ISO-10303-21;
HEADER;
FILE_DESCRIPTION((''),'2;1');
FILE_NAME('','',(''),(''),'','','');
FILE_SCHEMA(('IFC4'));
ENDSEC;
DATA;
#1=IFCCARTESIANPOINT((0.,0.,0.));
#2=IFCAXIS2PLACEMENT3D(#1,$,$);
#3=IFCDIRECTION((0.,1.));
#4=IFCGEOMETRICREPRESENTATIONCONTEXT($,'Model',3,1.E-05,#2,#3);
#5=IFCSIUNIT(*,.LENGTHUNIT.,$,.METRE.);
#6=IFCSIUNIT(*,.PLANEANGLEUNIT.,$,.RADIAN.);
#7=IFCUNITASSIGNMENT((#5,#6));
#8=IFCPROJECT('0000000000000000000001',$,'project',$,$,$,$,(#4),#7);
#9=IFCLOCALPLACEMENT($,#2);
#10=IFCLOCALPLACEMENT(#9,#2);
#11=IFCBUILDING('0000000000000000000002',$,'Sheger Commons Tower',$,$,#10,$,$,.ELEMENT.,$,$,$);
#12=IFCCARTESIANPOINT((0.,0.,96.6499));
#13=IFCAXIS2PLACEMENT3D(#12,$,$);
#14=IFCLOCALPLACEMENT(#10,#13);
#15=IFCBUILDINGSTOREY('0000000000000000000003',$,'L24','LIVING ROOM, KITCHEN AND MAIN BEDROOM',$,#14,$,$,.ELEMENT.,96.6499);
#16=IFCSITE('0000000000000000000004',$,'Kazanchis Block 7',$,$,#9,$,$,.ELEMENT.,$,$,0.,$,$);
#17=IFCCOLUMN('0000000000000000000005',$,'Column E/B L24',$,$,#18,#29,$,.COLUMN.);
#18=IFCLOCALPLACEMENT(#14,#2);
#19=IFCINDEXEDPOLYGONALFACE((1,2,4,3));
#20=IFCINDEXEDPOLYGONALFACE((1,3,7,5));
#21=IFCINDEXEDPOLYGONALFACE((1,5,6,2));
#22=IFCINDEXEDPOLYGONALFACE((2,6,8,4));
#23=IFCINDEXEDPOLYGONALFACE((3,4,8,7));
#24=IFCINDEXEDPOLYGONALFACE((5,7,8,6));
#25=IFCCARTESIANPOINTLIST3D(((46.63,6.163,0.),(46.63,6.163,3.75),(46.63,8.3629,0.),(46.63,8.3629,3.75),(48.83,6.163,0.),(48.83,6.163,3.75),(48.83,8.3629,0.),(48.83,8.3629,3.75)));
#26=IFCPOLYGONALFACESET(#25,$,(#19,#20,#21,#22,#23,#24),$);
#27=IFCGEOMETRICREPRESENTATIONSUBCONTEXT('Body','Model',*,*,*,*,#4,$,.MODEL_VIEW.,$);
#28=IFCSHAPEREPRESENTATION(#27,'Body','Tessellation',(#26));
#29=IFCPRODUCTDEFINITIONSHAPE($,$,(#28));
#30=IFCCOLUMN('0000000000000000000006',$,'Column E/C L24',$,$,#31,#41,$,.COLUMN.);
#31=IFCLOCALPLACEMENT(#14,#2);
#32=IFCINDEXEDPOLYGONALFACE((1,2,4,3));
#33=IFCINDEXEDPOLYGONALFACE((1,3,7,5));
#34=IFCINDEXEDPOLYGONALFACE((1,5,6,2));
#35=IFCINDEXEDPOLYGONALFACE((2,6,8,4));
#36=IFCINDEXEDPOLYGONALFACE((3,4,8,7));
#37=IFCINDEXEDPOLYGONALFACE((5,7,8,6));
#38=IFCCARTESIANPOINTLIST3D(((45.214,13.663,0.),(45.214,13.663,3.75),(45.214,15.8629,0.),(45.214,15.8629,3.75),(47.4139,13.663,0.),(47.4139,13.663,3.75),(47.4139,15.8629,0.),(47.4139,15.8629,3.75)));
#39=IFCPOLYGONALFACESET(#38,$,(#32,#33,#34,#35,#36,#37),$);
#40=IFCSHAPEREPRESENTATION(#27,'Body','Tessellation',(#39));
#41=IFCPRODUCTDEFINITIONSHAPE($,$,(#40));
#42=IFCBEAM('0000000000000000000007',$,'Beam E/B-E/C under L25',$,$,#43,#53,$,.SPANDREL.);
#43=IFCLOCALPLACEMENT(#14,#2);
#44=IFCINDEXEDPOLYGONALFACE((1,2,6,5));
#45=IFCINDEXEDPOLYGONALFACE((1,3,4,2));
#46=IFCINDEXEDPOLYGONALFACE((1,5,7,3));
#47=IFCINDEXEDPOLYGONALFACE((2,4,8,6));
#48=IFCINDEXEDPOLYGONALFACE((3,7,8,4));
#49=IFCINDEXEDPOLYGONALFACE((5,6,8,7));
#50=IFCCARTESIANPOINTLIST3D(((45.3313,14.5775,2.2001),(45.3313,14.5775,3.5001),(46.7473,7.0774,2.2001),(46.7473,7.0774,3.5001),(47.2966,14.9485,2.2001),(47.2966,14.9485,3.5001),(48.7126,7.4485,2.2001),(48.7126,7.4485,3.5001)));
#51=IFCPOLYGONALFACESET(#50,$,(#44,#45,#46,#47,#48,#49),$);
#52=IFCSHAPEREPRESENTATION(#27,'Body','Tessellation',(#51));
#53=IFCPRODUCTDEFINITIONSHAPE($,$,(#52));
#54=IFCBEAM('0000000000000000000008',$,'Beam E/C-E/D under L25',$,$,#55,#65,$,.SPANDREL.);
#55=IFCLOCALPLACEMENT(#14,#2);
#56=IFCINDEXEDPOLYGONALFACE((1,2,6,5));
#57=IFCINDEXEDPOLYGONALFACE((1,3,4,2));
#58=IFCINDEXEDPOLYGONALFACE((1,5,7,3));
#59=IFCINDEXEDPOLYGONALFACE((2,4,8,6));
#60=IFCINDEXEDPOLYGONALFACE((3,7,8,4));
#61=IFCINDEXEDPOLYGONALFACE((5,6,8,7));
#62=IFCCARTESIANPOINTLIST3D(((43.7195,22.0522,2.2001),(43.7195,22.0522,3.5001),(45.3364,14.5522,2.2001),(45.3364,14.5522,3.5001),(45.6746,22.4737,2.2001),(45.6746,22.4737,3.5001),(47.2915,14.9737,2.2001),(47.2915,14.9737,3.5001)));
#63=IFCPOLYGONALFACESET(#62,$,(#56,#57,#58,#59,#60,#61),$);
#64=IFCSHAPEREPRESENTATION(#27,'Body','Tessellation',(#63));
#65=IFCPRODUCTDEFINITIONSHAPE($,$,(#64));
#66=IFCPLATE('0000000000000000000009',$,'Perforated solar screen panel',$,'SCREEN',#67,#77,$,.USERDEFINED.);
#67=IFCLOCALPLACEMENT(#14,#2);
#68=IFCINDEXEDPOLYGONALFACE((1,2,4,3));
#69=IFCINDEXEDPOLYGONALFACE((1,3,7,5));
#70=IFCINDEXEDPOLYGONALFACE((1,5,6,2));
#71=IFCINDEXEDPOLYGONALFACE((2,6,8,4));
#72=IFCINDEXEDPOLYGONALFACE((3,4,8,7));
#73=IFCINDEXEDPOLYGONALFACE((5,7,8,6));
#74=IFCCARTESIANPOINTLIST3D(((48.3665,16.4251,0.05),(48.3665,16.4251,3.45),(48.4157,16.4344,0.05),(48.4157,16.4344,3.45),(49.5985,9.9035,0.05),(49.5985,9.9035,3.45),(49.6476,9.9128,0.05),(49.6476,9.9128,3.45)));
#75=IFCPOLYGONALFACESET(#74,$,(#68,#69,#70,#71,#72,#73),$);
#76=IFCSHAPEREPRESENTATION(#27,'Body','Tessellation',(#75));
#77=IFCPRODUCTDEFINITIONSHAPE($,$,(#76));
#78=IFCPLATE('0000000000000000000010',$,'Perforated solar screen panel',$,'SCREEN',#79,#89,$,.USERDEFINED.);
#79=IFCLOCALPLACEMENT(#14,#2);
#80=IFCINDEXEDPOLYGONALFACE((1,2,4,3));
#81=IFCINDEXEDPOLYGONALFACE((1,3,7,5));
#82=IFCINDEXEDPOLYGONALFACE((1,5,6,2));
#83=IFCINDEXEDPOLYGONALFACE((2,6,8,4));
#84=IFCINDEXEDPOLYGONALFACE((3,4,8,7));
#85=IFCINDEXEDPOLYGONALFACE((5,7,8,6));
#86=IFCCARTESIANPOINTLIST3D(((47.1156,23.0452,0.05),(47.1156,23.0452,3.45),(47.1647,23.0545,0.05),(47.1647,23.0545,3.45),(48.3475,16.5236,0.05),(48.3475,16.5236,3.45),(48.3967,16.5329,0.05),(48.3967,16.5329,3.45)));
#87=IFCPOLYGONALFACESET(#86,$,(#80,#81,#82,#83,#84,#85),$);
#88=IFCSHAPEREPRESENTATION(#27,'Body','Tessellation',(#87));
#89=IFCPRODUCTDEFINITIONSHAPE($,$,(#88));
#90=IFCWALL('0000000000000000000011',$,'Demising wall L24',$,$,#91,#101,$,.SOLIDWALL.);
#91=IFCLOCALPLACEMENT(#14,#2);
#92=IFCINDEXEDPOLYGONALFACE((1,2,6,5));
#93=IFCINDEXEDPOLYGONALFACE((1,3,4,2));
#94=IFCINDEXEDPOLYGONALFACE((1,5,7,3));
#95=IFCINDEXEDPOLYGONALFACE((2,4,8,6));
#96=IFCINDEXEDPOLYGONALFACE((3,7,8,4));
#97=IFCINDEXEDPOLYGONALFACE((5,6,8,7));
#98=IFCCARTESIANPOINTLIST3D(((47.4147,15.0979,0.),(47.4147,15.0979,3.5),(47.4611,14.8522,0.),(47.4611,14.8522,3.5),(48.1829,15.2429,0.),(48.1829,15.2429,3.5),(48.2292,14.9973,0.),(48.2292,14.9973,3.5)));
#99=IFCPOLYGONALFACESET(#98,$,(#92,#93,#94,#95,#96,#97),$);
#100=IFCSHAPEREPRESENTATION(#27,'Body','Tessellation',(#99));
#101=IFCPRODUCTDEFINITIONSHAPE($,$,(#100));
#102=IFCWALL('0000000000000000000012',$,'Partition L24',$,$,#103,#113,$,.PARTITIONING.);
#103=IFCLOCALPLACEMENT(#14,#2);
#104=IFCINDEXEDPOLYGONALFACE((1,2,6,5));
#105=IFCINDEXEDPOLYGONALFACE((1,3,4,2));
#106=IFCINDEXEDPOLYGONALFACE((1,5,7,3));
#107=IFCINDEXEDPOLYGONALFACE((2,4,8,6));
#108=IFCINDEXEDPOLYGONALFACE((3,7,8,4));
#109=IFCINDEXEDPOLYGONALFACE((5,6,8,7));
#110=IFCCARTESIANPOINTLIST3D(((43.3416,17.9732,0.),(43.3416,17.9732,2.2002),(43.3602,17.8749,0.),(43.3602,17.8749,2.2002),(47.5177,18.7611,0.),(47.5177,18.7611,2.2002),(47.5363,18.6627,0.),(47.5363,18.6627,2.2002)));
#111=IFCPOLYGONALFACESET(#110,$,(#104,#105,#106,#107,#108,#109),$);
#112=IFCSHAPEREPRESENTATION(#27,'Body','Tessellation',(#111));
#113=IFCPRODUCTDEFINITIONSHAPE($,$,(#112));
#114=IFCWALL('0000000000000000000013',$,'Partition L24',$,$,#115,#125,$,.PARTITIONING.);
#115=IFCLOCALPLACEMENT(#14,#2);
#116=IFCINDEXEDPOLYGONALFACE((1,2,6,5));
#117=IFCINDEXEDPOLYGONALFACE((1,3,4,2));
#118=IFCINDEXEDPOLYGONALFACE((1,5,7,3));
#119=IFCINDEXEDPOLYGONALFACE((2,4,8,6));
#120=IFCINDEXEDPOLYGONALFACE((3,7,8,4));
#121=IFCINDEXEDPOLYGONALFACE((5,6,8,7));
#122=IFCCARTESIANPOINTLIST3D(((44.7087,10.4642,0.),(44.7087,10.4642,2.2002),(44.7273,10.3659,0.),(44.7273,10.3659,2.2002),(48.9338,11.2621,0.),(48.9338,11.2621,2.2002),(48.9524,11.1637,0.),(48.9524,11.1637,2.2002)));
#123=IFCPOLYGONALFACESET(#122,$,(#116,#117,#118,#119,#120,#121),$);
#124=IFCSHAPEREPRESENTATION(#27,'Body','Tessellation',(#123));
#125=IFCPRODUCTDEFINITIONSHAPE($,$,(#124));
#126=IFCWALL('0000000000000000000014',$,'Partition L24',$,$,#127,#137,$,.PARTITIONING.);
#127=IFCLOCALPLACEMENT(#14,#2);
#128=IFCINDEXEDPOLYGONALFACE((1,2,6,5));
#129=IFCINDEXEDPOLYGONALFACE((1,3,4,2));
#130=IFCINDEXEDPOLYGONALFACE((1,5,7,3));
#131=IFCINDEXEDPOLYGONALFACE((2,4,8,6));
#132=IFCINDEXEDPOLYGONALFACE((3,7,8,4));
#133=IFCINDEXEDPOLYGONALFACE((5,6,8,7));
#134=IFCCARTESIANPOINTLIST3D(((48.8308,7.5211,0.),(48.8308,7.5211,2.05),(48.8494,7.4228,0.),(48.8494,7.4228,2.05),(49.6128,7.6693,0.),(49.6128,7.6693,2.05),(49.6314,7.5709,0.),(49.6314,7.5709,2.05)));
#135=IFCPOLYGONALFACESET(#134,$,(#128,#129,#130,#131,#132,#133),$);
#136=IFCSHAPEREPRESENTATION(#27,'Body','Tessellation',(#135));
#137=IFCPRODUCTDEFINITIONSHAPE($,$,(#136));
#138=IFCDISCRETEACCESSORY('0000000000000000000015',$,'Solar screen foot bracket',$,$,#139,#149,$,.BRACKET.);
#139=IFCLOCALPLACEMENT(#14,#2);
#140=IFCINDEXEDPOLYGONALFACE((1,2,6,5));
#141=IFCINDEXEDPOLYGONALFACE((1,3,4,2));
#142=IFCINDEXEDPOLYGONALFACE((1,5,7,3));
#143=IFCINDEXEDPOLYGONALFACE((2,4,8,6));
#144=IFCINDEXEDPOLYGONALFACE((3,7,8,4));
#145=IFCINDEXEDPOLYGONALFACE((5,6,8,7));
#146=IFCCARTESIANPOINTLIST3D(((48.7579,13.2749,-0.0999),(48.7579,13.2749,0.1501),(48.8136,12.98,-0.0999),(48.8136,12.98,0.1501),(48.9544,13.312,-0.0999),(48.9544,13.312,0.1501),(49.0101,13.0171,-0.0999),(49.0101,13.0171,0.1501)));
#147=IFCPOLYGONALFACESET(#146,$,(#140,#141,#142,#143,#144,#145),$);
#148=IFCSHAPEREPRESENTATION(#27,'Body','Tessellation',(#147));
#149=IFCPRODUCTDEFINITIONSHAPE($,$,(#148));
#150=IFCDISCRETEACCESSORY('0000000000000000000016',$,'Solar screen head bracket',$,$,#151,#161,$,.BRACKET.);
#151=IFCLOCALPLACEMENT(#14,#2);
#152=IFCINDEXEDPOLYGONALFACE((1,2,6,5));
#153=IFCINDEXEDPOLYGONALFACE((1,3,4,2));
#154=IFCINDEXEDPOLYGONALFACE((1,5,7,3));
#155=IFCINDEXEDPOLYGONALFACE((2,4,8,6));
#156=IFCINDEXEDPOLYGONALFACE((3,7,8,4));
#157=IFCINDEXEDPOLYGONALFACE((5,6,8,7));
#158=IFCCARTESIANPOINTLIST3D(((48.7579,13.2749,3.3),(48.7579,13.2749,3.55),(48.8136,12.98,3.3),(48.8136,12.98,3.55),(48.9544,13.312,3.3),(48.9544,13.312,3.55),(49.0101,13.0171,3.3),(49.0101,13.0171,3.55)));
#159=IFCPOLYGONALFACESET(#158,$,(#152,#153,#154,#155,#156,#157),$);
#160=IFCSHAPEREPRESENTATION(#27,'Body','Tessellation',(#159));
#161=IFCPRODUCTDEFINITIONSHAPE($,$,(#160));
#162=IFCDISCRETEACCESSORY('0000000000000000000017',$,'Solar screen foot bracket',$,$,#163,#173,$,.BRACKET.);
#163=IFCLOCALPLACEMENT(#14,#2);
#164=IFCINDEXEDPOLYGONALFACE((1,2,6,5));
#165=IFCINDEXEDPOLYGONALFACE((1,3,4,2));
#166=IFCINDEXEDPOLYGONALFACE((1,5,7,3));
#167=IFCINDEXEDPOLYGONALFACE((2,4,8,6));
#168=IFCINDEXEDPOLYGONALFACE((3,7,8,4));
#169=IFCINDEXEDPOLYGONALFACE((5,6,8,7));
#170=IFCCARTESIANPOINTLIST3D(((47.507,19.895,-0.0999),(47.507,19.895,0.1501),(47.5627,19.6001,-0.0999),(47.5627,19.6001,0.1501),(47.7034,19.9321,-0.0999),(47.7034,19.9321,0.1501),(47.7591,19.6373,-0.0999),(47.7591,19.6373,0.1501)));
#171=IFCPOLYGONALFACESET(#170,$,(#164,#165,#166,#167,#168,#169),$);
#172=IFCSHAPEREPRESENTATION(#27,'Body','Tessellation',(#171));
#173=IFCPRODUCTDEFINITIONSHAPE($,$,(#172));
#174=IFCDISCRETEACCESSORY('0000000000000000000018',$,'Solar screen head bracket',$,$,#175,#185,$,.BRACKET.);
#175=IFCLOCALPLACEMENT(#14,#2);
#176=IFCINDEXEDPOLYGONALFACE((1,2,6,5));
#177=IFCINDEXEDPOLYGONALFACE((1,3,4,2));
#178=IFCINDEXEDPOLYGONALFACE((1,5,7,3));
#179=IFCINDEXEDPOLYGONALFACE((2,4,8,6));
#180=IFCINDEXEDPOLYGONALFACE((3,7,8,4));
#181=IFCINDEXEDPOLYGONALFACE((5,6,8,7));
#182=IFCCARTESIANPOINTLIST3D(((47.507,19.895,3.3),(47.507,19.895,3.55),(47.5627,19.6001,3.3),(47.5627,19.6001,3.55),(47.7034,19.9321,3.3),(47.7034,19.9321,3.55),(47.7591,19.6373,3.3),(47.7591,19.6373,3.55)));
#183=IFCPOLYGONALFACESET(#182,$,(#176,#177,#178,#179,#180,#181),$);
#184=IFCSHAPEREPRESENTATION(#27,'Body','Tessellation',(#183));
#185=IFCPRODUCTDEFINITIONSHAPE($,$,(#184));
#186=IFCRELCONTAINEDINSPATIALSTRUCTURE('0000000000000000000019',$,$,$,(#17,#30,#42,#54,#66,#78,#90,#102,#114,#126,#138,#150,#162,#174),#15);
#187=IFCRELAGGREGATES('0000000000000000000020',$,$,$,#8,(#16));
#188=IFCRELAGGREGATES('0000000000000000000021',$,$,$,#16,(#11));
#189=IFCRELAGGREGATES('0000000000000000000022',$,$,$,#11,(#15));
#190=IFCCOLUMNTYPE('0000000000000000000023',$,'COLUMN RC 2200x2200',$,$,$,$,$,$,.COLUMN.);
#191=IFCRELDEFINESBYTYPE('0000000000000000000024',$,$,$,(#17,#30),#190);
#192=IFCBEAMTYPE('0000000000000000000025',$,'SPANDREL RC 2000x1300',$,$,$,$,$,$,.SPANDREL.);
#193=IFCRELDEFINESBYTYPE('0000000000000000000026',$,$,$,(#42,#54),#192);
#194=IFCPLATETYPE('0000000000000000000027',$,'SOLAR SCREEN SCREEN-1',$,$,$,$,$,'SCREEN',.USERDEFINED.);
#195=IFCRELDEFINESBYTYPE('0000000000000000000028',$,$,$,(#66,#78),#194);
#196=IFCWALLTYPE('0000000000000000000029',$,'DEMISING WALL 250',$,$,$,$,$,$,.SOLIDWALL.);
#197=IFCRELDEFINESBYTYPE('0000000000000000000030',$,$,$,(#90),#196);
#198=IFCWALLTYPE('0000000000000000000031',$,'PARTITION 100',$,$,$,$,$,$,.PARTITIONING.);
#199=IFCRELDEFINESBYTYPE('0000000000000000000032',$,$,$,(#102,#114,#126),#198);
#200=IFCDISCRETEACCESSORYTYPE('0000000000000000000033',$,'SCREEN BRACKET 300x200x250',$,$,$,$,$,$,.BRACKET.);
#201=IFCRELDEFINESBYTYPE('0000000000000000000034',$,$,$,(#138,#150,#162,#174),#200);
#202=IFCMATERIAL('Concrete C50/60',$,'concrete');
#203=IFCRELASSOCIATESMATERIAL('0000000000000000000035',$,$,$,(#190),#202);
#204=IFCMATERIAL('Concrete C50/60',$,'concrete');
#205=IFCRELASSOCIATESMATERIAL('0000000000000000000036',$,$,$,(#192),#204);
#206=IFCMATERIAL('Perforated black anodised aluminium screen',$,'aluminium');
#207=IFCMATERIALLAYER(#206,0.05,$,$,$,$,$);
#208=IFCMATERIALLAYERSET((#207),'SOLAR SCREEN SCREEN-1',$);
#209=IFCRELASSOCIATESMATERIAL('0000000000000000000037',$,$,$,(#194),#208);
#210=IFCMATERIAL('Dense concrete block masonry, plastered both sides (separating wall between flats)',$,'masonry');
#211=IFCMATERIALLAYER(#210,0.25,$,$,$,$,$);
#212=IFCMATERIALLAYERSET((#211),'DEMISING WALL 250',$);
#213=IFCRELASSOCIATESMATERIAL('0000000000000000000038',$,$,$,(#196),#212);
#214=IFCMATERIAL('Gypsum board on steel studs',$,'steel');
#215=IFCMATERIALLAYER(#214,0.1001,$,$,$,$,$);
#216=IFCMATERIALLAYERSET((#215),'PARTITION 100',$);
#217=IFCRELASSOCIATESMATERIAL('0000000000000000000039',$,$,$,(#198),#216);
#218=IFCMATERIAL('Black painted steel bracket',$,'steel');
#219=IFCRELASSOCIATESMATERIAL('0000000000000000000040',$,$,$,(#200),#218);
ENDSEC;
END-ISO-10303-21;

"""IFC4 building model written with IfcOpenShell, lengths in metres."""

from ifc_helpers import new_model, si_unit, direction, frame, frame_2d, origin, origin_2d, place, context, subcontext, project, spatial, rectangle, extrude, material, layer, layer_set, material_profile, profile_set, type_object, element, save


model = new_model("IFC4")

# Units and contexts
model_context = context("Model", 3, precision=1e-05, world=origin(), true_north=direction((0.0, 1.0)))
body_context = subcontext(model_context, "Body", "Model", "MODEL_VIEW")
ifc_project = project(units=[si_unit("LENGTHUNIT", "METRE"), si_unit("PLANEANGLEUNIT", "RADIAN")], contexts=[model_context])

# Site, building, storey
site_placement = place(None, origin())
site = spatial("IfcSite", under=ifc_project, at=site_placement, Name="Kazanchis Block 7", CompositionType="ELEMENT", RefElevation=0.0)
building_placement = place(site_placement, origin())
building = spatial("IfcBuilding", under=site, at=building_placement, Name="Sheger Commons Tower", CompositionType="ELEMENT")
storey_placement = place(building_placement, frame((0.0, 0.0, 96.6499)))
storey = spatial("IfcBuildingStorey", under=building, at=storey_placement, Name="L24", Description="LIVING ROOM, KITCHEN AND MAIN BEDROOM", CompositionType="ELEMENT", Elevation=96.6499)

# Columns
ifc_material_1 = material(Name="Concrete C50/60", Category="concrete")
ifc_material_profile_1 = material_profile(ifc_material_1, rectangle(XDim=2.2, YDim=2.2, at=origin_2d()), Name="RC 2200x2200")
ifc_profile_set_1 = profile_set([ifc_material_profile_1], Name="Concrete C50/60")
column_type = type_object("IfcColumnType", Name="COLUMN RC 2200x2200", PredefinedType="COLUMN", material=ifc_profile_set_1)
for number, where, z_axis, x_axis, name in (
    (1, (47.73, 7.2629, 0.0), (0.0, 0.0, 1.0), (1.0, 0.0, 0.0), "Column E/B L24"),
    (2, (46.314, 14.7629, 0.0), (0.0, 0.0, 1.0), (1.0, 0.0, 0.0), "Column E/C L24"),
):
    element("IfcColumn", number, at=place(storey_placement, frame(where, z_axis=z_axis, x_axis=x_axis)), inside=storey, type_object=column_type, Name=name, PredefinedType="COLUMN", context=body_context, shape_type="SweptSolid", body=[
        extrude(rectangle(XDim=2.2, YDim=2.2, at=origin_2d()), origin(), (0.0, 0.0, 1.0), 3.75),
    ])

# Beams
ifc_material_2 = material(Name="Concrete C50/60", Category="concrete")
ifc_material_profile_2 = material_profile(ifc_material_2, rectangle(XDim=2.0, YDim=1.3, at=origin_2d()), Name="RC 2000x1300")
ifc_profile_set_2 = profile_set([ifc_material_profile_2], Name="Concrete C50/60")
beam_type = type_object("IfcBeamType", Name="SPANDREL RC 2000x1300", PredefinedType="SPANDREL", material=ifc_profile_set_2)
beam_1_placement = place(storey_placement, frame((47.73, 7.2629, 2.8501), z_axis=(-0.185524, 0.98264, 0.0), x_axis=(-0.98264, -0.185524, 0.0)))
element("IfcBeam", 3, at=beam_1_placement, inside=storey, type_object=beam_type, Name="Beam E/B-E/C under L25", PredefinedType="SPANDREL", context=body_context, shape_type="SweptSolid", body=[
    extrude(rectangle(XDim=2.0, YDim=1.3, at=origin_2d()), origin(), (0.0, 0.0, 1.0), 7.6326),
])
beam_2_placement = place(storey_placement, frame((46.314, 14.7629, 2.8501), z_axis=(-0.21075, 0.97754, 0.0), x_axis=(-0.97754, -0.21075, 0.0)))
element("IfcBeam", 4, at=beam_2_placement, inside=storey, type_object=beam_type, Name="Beam E/C-E/D under L25", PredefinedType="SPANDREL", context=body_context, shape_type="SweptSolid", body=[
    extrude(rectangle(XDim=2.0, YDim=1.3, at=origin_2d()), origin(), (0.0, 0.0, 1.0), 7.6724),
])

# Plates
ifc_material_3 = material(Name="Perforated black anodised aluminium screen", Category="aluminium")
ifc_layer_1 = layer(ifc_material_3, 0.05)
ifc_layer_set_1 = layer_set([ifc_layer_1], Name="SOLAR SCREEN SCREEN-1")
plate_type = type_object("IfcPlateType", Name="SOLAR SCREEN SCREEN-1", ElementType="SCREEN", PredefinedType="USERDEFINED", material=ifc_layer_set_1)
for number, where, z_axis, x_axis, name in (
    (5, (49.0071, 13.1689, 0.05), (0.0, 0.0, 1.0), (-0.185615, 0.982623, 0.0), "Perforated solar screen panel"),
    (6, (47.7561, 19.7891, 0.05), (0.0, 0.0, 1.0), (-0.185615, 0.982623, 0.0), "Perforated solar screen panel"),
):
    element("IfcPlate", number, at=place(storey_placement, frame(where, z_axis=z_axis, x_axis=x_axis)), inside=storey, type_object=plate_type, Name=name, ObjectType="SCREEN", PredefinedType="USERDEFINED", context=body_context, shape_type="SweptSolid", body=[
        extrude(rectangle(XDim=6.637, YDim=0.05, at=origin_2d()), origin(), (0.0, 0.0, 1.0), 3.3999),
    ])

# Walls
ifc_material_4 = material(Name="Dense concrete block masonry, plastered both sides (separating wall between flats)", Category="masonry")
ifc_layer_2 = layer(ifc_material_4, 0.25)
ifc_layer_set_2 = layer_set([ifc_layer_2], Name="DEMISING WALL 250")
wall_type_1 = type_object("IfcWallType", Name="DEMISING WALL 250", PredefinedType="SOLIDWALL", material=ifc_layer_set_2)
wall_1_placement = place(storey_placement, frame((48.2061, 15.1201, 0.0), z_axis=(0.0, 0.0, 1.0), x_axis=(-0.982638, -0.185533, 0.0)))
element("IfcWall", 7, at=wall_1_placement, inside=storey, type_object=wall_type_1, Name="Demising wall L24", PredefinedType="SOLIDWALL", context=body_context, shape_type="SweptSolid", body=[
    extrude(rectangle(XDim=0.7817, YDim=0.25, at=frame_2d((0.3909, 0.0))), origin(), (0.0, 0.0, 1.0), 3.5),
])
ifc_material_5 = material(Name="Gypsum board on steel studs", Category="steel")
ifc_layer_3 = layer(ifc_material_5, 0.1001)
ifc_layer_set_3 = layer_set([ifc_layer_3], Name="PARTITION 100")
wall_type_2 = type_object("IfcWallType", Name="PARTITION 100", PredefinedType="PARTITIONING", material=ifc_layer_set_3)
wall_2_placement = place(storey_placement, frame((47.5271, 18.7119, 0.0), z_axis=(0.0, 0.0, 1.0), x_axis=(-0.982665, -0.185388, 0.0)))
element("IfcWall", 8, at=wall_2_placement, inside=storey, type_object=wall_type_2, Name="Partition L24", PredefinedType="PARTITIONING", context=body_context, shape_type="SweptSolid", body=[
    extrude(rectangle(XDim=4.2498, YDim=0.1001, at=frame_2d((2.125, 0.0))), origin(), (0.0, 0.0, 1.0), 2.2002),
])
wall_3_placement = place(storey_placement, frame((48.9431, 11.2129, 0.0), z_axis=(0.0, 0.0, 1.0), x_axis=(-0.982634, -0.185557, 0.0)))
element("IfcWall", 9, at=wall_3_placement, inside=storey, type_object=wall_type_2, Name="Partition L24", PredefinedType="PARTITIONING", context=body_context, shape_type="SweptSolid", body=[
    extrude(rectangle(XDim=4.2998, YDim=0.1001, at=frame_2d((2.1499, 0.0))), origin(), (0.0, 0.0, 1.0), 2.2002),
])
wall_4_placement = place(storey_placement, frame((49.6221, 7.6201, 0.0), z_axis=(0.0, 0.0, 1.0), x_axis=(-0.982513, -0.186196, 0.0)))
element("IfcWall", 10, at=wall_4_placement, inside=storey, type_object=wall_type_2, Name="Partition L24", PredefinedType="PARTITIONING", context=body_context, shape_type="SweptSolid", body=[
    extrude(rectangle(XDim=0.7959, YDim=0.1001, at=frame_2d((0.3979, 0.0))), origin(), (0.0, 0.0, 1.0), 2.05),
])

# Discrete accessories
ifc_material_6 = material(Name="Black painted steel bracket", Category="steel")
discrete_accessory_type = type_object("IfcDiscreteAccessoryType", Name="SCREEN BRACKET 300x200x250", PredefinedType="BRACKET", material=ifc_material_6)
for number, where, z_axis, x_axis, name in (
    (11, (48.884, 13.146, -0.0999), (0.0, 0.0, 1.0), (-0.185615, 0.982623, 0.0), "Solar screen foot bracket"),
    (12, (48.884, 13.146, 3.3), (0.0, 0.0, 1.0), (-0.185615, 0.982623, 0.0), "Solar screen head bracket"),
    (13, (47.6331, 19.7661, -0.0999), (0.0, 0.0, 1.0), (-0.185615, 0.982623, 0.0), "Solar screen foot bracket"),
    (14, (47.6331, 19.7661, 3.3), (0.0, 0.0, 1.0), (-0.185615, 0.982623, 0.0), "Solar screen head bracket"),
):
    element("IfcDiscreteAccessory", number, at=place(storey_placement, frame(where, z_axis=z_axis, x_axis=x_axis)), inside=storey, type_object=discrete_accessory_type, Name=name, PredefinedType="BRACKET", context=body_context, shape_type="SweptSolid", body=[
        extrude(rectangle(XDim=0.3, YDim=0.2, at=origin_2d()), origin(), (0.0, 0.0, 1.0), 0.25),
    ])

save(model, "model.ifc")
